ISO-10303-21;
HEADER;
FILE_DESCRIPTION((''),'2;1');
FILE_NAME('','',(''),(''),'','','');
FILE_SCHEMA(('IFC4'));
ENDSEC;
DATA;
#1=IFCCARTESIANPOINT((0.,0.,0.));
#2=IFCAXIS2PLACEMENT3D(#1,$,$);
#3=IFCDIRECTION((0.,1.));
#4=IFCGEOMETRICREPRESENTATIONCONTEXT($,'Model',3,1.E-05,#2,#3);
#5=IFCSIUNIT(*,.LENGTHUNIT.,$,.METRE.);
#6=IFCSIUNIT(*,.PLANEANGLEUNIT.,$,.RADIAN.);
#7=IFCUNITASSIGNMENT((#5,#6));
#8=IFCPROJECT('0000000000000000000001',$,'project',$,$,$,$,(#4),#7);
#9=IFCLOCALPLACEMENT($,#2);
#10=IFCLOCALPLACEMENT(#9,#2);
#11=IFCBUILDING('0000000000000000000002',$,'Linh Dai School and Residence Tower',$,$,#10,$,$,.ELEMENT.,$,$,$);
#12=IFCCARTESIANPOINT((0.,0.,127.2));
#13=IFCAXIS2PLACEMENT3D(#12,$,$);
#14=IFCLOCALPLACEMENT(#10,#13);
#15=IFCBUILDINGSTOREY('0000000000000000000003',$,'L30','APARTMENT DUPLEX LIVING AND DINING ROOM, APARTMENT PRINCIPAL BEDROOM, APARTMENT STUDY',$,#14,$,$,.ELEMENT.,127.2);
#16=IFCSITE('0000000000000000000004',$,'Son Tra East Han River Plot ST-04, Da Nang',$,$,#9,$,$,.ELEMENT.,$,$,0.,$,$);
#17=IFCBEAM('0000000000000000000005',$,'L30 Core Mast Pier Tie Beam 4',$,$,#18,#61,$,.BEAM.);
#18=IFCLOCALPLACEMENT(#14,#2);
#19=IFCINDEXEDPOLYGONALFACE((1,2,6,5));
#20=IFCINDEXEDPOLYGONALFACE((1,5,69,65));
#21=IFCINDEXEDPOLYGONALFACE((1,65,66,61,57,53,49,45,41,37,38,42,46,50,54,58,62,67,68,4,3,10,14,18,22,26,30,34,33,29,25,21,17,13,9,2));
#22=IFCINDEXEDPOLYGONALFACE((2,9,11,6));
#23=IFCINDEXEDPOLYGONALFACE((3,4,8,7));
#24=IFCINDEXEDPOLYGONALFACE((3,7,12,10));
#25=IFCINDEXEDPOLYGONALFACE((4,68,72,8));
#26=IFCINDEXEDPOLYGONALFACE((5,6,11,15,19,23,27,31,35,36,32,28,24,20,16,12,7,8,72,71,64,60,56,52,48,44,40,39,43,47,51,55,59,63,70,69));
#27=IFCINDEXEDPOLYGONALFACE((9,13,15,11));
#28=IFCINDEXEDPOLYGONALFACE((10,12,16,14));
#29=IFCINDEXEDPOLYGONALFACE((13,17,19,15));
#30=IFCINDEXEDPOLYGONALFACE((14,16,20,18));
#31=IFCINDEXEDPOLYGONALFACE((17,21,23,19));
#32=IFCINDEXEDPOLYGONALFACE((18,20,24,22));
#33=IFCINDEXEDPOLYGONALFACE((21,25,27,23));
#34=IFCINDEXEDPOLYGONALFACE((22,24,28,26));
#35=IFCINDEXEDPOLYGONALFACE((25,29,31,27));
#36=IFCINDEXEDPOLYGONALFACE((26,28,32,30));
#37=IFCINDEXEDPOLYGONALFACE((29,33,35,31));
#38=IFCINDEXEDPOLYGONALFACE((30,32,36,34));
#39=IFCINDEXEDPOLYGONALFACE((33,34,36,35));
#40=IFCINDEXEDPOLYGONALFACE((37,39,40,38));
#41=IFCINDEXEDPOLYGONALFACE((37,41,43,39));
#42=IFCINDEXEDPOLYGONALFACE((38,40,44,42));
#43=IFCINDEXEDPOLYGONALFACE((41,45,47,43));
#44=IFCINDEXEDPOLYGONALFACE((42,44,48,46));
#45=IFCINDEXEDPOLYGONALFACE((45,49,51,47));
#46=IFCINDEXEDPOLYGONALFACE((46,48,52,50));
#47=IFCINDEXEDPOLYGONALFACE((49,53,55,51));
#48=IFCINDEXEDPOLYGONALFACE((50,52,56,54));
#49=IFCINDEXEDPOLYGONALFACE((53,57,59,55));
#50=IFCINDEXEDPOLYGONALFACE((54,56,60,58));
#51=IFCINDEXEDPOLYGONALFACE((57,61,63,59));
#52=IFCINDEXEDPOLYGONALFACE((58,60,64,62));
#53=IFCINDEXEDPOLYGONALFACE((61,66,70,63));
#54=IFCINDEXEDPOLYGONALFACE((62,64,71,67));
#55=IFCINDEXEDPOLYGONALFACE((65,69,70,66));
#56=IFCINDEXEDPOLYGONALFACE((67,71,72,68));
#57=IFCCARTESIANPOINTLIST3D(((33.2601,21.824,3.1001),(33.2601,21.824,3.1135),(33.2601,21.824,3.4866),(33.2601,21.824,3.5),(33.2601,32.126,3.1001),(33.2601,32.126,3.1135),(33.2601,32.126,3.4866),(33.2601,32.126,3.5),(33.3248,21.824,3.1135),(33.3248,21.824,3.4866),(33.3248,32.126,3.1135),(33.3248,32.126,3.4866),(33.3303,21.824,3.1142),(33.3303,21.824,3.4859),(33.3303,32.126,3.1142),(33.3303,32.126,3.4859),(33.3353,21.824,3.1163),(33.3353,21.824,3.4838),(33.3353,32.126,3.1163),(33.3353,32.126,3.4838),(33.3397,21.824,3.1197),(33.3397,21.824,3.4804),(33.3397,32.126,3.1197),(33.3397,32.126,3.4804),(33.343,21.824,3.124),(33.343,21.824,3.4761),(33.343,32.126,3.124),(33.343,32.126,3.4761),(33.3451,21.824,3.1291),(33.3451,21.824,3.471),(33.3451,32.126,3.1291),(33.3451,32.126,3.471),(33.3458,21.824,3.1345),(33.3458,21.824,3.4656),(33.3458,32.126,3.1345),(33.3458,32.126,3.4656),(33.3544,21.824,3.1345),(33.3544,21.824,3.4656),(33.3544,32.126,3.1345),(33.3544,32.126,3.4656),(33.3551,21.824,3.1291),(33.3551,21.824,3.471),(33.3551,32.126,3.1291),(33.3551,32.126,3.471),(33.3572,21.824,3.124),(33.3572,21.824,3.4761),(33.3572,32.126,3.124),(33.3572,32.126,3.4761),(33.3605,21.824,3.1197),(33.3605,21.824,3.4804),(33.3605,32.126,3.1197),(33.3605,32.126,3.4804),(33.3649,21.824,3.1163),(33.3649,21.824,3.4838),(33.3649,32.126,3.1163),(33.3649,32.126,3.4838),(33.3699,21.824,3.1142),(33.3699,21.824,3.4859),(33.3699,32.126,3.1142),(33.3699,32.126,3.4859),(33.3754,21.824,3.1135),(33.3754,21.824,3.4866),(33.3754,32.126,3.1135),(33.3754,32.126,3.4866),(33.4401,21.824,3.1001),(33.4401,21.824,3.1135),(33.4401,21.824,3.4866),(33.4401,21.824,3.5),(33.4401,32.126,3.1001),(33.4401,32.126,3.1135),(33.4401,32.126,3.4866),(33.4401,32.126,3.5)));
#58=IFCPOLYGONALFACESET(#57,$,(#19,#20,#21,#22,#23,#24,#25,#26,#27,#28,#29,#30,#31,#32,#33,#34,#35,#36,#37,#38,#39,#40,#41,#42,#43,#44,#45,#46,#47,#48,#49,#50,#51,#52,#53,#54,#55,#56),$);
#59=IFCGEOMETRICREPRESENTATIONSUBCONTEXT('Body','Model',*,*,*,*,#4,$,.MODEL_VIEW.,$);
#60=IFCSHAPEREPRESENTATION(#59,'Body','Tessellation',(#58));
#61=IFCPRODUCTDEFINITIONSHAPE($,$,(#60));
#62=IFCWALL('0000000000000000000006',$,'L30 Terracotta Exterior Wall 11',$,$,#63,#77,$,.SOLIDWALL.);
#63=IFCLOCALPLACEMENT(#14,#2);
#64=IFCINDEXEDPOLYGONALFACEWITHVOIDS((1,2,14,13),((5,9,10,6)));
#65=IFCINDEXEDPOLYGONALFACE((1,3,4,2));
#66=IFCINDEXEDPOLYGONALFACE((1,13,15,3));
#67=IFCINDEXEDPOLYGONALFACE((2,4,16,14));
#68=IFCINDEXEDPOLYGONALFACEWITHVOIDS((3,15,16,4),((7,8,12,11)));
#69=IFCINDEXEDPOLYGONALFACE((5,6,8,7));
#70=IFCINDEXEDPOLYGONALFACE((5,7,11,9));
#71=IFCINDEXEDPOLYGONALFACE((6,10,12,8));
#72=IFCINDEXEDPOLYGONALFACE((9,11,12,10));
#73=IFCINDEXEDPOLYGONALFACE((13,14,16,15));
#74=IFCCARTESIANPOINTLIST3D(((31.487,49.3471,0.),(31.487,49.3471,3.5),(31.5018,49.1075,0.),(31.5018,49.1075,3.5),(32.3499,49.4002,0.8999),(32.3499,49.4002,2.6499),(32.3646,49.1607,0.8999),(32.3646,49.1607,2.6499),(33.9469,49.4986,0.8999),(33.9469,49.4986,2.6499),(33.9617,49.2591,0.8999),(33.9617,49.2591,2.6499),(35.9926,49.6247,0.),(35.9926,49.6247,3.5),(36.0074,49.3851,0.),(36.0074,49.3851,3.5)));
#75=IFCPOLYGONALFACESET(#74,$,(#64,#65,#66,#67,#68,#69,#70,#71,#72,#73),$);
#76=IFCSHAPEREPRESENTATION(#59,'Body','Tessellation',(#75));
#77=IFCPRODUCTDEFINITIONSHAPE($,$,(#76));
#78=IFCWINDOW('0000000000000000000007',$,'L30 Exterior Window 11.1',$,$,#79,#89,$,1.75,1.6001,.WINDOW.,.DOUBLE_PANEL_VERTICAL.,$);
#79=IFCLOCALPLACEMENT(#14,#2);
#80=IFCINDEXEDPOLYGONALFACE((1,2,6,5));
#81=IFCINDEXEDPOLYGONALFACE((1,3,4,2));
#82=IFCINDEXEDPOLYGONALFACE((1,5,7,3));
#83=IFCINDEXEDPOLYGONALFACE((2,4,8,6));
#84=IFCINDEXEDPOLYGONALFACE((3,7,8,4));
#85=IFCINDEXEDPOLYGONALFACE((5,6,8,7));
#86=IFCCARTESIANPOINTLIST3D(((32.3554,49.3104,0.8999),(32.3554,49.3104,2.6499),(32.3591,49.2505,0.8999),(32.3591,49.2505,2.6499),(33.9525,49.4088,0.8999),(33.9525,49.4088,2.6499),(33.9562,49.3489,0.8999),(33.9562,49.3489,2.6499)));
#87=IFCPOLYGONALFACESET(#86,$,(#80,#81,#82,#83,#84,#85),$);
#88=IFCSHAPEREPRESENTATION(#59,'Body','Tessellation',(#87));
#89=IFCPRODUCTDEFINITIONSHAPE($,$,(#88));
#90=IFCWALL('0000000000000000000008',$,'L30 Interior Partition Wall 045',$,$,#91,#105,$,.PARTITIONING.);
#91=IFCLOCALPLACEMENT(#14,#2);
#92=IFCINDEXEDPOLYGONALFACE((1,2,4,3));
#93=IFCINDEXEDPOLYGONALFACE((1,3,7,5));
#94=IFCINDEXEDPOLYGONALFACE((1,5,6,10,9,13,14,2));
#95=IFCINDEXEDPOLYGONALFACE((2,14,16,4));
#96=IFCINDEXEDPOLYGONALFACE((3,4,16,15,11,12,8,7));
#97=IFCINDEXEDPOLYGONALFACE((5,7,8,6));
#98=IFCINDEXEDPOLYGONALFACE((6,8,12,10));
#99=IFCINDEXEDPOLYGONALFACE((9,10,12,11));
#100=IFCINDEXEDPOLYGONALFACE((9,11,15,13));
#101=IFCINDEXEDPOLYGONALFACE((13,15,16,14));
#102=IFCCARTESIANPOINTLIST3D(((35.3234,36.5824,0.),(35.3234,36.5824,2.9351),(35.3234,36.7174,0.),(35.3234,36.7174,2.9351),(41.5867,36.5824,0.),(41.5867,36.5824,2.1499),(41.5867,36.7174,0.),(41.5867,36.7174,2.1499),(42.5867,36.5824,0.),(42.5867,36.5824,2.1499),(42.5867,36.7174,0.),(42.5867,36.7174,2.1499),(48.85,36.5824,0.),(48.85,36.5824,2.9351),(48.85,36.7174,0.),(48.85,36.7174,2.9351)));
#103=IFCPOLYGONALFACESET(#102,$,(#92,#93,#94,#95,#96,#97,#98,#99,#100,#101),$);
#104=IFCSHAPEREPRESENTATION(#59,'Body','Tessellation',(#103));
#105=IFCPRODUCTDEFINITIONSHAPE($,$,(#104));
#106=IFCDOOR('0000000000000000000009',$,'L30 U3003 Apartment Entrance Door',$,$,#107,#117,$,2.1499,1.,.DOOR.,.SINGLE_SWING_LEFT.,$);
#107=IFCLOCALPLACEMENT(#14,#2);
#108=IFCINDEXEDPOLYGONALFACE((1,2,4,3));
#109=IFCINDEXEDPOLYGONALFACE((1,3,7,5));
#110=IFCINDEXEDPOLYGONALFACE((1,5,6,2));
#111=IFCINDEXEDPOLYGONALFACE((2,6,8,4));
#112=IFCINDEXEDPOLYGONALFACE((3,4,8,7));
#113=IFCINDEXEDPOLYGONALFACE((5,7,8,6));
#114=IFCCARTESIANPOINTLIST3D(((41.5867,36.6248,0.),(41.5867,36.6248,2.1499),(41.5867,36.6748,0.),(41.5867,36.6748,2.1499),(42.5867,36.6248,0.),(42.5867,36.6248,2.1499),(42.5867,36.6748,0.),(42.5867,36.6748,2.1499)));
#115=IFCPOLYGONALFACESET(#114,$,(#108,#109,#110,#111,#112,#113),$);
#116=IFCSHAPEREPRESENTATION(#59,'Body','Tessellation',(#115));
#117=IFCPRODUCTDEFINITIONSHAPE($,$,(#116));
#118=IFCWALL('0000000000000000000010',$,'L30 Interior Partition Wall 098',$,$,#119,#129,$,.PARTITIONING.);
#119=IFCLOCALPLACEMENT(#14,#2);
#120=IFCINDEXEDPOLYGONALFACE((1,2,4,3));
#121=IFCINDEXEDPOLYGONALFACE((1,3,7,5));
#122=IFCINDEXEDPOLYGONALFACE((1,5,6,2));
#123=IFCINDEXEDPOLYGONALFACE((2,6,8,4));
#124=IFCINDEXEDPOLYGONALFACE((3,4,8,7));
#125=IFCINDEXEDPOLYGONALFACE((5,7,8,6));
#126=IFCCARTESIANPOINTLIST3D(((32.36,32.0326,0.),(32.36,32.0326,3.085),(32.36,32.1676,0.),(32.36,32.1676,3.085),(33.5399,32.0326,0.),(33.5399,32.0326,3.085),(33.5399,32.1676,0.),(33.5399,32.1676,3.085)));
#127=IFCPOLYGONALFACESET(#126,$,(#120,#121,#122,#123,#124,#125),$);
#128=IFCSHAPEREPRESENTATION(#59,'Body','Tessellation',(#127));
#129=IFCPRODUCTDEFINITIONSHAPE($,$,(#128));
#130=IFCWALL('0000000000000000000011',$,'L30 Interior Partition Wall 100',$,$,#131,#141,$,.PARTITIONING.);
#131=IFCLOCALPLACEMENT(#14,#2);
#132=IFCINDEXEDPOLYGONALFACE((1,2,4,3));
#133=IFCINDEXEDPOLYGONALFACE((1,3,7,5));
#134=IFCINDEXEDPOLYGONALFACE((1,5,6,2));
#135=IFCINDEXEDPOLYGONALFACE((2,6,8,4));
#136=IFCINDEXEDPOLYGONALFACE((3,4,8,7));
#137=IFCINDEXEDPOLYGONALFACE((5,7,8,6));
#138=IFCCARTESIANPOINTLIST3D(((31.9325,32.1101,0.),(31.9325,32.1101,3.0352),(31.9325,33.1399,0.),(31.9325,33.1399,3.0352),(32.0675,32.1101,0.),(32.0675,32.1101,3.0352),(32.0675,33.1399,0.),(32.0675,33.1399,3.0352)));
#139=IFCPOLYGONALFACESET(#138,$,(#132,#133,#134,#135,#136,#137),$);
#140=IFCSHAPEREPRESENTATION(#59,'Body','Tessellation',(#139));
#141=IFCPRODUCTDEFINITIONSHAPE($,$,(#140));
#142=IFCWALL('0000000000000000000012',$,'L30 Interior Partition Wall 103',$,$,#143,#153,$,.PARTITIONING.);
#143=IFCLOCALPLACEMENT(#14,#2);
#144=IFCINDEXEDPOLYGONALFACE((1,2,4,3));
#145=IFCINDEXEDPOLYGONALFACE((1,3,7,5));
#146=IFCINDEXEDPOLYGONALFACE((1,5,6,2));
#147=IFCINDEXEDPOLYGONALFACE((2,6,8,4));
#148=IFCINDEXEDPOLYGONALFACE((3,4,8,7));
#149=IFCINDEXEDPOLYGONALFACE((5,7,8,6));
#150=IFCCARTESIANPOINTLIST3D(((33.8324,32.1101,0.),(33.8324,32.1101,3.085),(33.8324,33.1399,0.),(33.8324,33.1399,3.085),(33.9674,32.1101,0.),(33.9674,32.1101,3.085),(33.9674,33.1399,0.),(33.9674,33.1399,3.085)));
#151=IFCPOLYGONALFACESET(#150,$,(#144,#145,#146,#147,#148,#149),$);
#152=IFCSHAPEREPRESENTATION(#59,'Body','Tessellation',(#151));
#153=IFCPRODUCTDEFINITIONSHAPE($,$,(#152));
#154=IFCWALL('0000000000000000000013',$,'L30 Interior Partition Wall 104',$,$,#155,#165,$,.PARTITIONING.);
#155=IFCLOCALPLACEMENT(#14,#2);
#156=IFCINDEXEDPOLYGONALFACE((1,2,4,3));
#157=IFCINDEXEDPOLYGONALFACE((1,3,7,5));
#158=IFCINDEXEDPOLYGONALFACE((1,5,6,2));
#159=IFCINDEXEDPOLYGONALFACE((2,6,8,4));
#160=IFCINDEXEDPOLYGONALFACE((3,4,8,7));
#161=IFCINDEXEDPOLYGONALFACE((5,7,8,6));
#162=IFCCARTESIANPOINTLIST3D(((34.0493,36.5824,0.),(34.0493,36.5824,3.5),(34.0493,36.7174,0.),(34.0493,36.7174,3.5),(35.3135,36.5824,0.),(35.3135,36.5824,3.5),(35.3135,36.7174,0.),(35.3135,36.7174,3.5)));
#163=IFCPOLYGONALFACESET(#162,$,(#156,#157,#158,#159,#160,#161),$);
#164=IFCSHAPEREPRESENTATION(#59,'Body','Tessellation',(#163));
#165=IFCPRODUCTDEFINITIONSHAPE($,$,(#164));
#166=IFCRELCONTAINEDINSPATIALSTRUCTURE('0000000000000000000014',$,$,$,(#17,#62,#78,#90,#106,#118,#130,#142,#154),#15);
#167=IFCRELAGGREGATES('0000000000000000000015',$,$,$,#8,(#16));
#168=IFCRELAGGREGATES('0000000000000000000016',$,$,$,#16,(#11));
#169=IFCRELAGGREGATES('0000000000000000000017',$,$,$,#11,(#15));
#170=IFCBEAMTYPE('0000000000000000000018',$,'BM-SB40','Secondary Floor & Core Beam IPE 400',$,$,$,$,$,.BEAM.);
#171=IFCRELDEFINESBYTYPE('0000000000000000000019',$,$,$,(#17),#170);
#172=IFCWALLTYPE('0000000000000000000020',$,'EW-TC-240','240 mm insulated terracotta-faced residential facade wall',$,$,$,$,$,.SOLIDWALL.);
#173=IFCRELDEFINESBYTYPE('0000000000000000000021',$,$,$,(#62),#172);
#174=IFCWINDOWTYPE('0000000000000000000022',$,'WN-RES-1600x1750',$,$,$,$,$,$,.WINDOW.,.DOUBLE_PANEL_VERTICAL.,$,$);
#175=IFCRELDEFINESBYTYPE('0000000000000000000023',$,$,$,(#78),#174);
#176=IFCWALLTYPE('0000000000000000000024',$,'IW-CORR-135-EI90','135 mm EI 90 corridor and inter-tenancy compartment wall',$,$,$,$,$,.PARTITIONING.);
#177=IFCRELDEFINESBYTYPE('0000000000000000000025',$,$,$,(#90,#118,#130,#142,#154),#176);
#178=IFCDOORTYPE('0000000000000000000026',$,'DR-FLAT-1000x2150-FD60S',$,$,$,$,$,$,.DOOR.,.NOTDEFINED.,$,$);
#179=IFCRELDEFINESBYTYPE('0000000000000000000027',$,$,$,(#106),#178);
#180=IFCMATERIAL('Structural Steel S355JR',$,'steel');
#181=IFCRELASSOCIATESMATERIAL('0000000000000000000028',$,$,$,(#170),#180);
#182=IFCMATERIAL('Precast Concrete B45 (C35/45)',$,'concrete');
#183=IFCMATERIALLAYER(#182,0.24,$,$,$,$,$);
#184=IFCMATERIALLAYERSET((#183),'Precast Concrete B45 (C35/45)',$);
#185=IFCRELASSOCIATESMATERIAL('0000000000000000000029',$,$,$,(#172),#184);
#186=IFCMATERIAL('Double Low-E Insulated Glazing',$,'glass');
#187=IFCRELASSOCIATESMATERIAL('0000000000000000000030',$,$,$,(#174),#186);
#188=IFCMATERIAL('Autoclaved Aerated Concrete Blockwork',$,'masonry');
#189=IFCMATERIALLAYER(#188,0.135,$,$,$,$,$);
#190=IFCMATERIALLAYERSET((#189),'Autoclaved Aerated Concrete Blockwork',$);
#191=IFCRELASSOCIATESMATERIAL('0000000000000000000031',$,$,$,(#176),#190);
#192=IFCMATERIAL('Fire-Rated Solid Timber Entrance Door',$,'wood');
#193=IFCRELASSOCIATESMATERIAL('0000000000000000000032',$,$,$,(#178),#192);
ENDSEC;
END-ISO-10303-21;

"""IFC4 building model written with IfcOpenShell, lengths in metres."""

from ifc_helpers import new_model, si_unit, direction, frame, frame_2d, origin, origin_2d, place, context, subcontext, project, spatial, rectangle, i_section, extrude, source, transform, mapped, material, layer, layer_set, material_profile, profile_set, type_object, element, fill, save


model = new_model("IFC4")

# Units and contexts
model_context = context("Model", 3, precision=1e-05, world=origin(), true_north=direction((0.0, 1.0)))
body_context = subcontext(model_context, "Body", "Model", "MODEL_VIEW")
ifc_project = project(units=[si_unit("LENGTHUNIT", "METRE"), si_unit("PLANEANGLEUNIT", "RADIAN")], contexts=[model_context])

# Site, building, storey
site_placement = place(None, origin())
site = spatial("IfcSite", under=ifc_project, at=site_placement, Name="Son Tra East Han River Plot ST-04, Da Nang", CompositionType="ELEMENT", RefElevation=0.0)
building_placement = place(site_placement, origin())
building = spatial("IfcBuilding", under=site, at=building_placement, Name="Linh Dai School and Residence Tower", CompositionType="ELEMENT")
storey_placement = place(building_placement, frame((0.0, 0.0, 127.2)))
storey = spatial("IfcBuildingStorey", under=building, at=storey_placement, Name="L30", Description="APARTMENT DUPLEX LIVING AND DINING ROOM, APARTMENT PRINCIPAL BEDROOM, APARTMENT STUDY", CompositionType="ELEMENT", Elevation=127.2)

# Shared definitions
ifc_material_1 = material(Name="Structural Steel S355JR", Category="steel")

# Beam
ifc_material_profile_1 = material_profile(ifc_material_1, i_section(OverallWidth=0.1799, OverallDepth=0.3999, WebThickness=0.0085, FlangeThickness=0.0134, FilletRadius=0.021, at=origin_2d()), Name="IPE 400")
ifc_profile_set_1 = profile_set([ifc_material_profile_1], Name="Structural Steel S355JR")
beam_type_1 = type_object("IfcBeamType", Name="BM-SB40", Description="Secondary Floor & Core Beam IPE 400", PredefinedType="BEAM", material=ifc_profile_set_1)
beam_1_placement = place(storey_placement, frame((33.3501, 32.126, 3.3), z_axis=(0.0, -1.0, 0.0), x_axis=(1.0, 0.0, 0.0)))
element("IfcBeam", 1, at=beam_1_placement, inside=storey, type_object=beam_type_1, Name="L30 Core Mast Pier Tie Beam 4", PredefinedType="BEAM", context=body_context, shape_type="SweptSolid", body=[
    extrude(i_section(OverallWidth=0.1799, OverallDepth=0.3999, WebThickness=0.0085, FlangeThickness=0.0134, FilletRadius=0.021, at=origin_2d()), origin(), (0.0, 0.0, 1.0), 10.302),
])

# Wall, opening, window
ifc_material_2 = material(Name="Precast Concrete B45 (C35/45)", Category="concrete")
ifc_layer_1 = layer(ifc_material_2, 0.24)
ifc_layer_set_1 = layer_set([ifc_layer_1], Name="Precast Concrete B45 (C35/45)")
wall_type_1 = type_object("IfcWallType", Name="EW-TC-240", Description="240 mm insulated terracotta-faced residential facade wall", PredefinedType="SOLIDWALL", material=ifc_layer_set_1)
wall_1_placement = place(storey_placement, frame((31.4944, 49.2273, 0.0), z_axis=(0.0, 0.0, 1.0), x_axis=(0.998108, 0.061493, 0.0)))
wall_1 = element("IfcWall", 2, at=wall_1_placement, inside=storey, type_object=wall_type_1, Name="L30 Terracotta Exterior Wall 11", PredefinedType="SOLIDWALL", context=body_context, shape_type="SweptSolid", body=[
    extrude(rectangle(XDim=4.5142, YDim=0.24, at=frame_2d((2.2571, 0.0))), origin(), (0.0, 0.0, 1.0), 3.5),
])
opening_1_placement = place(wall_1_placement, frame((0.8645, 0.0, 0.8999)))
opening_1 = element("IfcOpeningElement", 3, at=opening_1_placement, cuts=wall_1, PredefinedType="OPENING", context=body_context, shape_type="SweptSolid", body=[
    extrude(rectangle(XDim=1.6001, YDim=1.75, at=origin_2d()), frame((0.8, 0.1299, 0.875), z_axis=(0.0, -1.0, 0.0), x_axis=(1.0, 0.0, 0.0)), (0.0, 0.0, 1.0), 0.26),
])
ifc_material_3 = material(Name="Double Low-E Insulated Glazing", Category="glass")
window_type = type_object("IfcWindowType", Name="WN-RES-1600x1750", PartitioningType="DOUBLE_PANEL_VERTICAL", PredefinedType="WINDOW", material=ifc_material_3)
shared_shape_1 = source(origin(), body_context, "Body", "SweptSolid", [
    extrude(rectangle(XDim=1.6001, YDim=1.75, at=origin_2d()), frame((0.8, 0.03, 0.875), z_axis=(0.0, -1.0, 0.0), x_axis=(1.0, 0.0, 0.0)), (0.0, 0.0, 1.0), 0.0601),
])
window_placement = place(opening_1_placement, origin())
window = element("IfcWindow", 4, at=window_placement, inside=storey, type_object=window_type, Name="L30 Exterior Window 11.1", OverallHeight=1.75, OverallWidth=1.6001, PartitioningType="DOUBLE_PANEL_VERTICAL", PredefinedType="WINDOW", context=body_context, shape_type="MappedRepresentation", body=[
    mapped(shared_shape_1, transform((0.0, 0.0, 0.0), x_axis=(1.0, 0.0, 0.0), y_axis=(0.0, 1.0, 0.0), z_axis=(0.0, 0.0, 1.0), scale=1.0)),
])
fill(opening_1, window)

# Wall, opening, door
ifc_material_4 = material(Name="Autoclaved Aerated Concrete Blockwork", Category="masonry")
ifc_layer_2 = layer(ifc_material_4, 0.135)
ifc_layer_set_2 = layer_set([ifc_layer_2], Name="Autoclaved Aerated Concrete Blockwork")
wall_type_2 = type_object("IfcWallType", Name="IW-CORR-135-EI90", Description="135 mm EI 90 corridor and inter-tenancy compartment wall", PredefinedType="PARTITIONING", material=ifc_layer_set_2)
wall_2_placement = place(storey_placement, frame((35.3235, 36.6499, 0.0), z_axis=(0.0, 0.0, 1.0), x_axis=(1.0, 0.0, 0.0)))
wall_2 = element("IfcWall", 5, at=wall_2_placement, inside=storey, type_object=wall_type_2, Name="L30 Interior Partition Wall 045", PredefinedType="PARTITIONING", context=body_context, shape_type="SweptSolid", body=[
    extrude(rectangle(XDim=13.5266, YDim=0.135, at=frame_2d((6.7632, 0.0))), origin(), (0.0, 0.0, 1.0), 2.9351),
])
opening_2_placement = place(wall_2_placement, frame((6.2632, 0.0, 0.0)))
opening_2 = element("IfcOpeningElement", 6, at=opening_2_placement, cuts=wall_2, PredefinedType="OPENING", context=body_context, shape_type="SweptSolid", body=[
    extrude(rectangle(XDim=1.0, YDim=2.1499, at=origin_2d()), frame((0.5, 0.0776, 1.075), z_axis=(0.0, -1.0, 0.0), x_axis=(1.0, 0.0, 0.0)), (0.0, 0.0, 1.0), 0.155),
])
ifc_material_5 = material(Name="Fire-Rated Solid Timber Entrance Door", Category="wood")
door_type_1 = type_object("IfcDoorType", Name="DR-FLAT-1000x2150-FD60S", OperationType="NOTDEFINED", PredefinedType="DOOR", material=ifc_material_5)
shared_shape_2 = source(origin(), body_context, "Body", "SweptSolid", [
    extrude(rectangle(XDim=1.0, YDim=2.1499, at=origin_2d()), frame((0.5, 0.0249, 1.075), z_axis=(0.0, -1.0, 0.0), x_axis=(1.0, 0.0, 0.0)), (0.0, 0.0, 1.0), 0.05),
])
door_1_placement = place(opening_2_placement, origin())
door_1 = element("IfcDoor", 7, at=door_1_placement, inside=storey, type_object=door_type_1, Name="L30 U3003 Apartment Entrance Door", OperationType="SINGLE_SWING_LEFT", OverallHeight=2.1499, OverallWidth=1.0, PredefinedType="DOOR", context=body_context, shape_type="MappedRepresentation", body=[
    mapped(shared_shape_2, transform((0.0, 0.0, 0.0), x_axis=(1.0, 0.0, 0.0), y_axis=(0.0, 1.0, 0.0), z_axis=(0.0, 0.0, 1.0), scale=1.0)),
])
fill(opening_2, door_1)

# Walls
wall_3_placement = place(storey_placement, frame((32.3601, 32.1001, 0.0), z_axis=(0.0, 0.0, 1.0), x_axis=(1.0, 0.0, 0.0)))
element("IfcWall", 8, at=wall_3_placement, inside=storey, type_object=wall_type_2, Name="L30 Interior Partition Wall 098", PredefinedType="PARTITIONING", context=body_context, shape_type="SweptSolid", body=[
    extrude(rectangle(XDim=1.1799, YDim=0.135, at=frame_2d((0.5898, 0.0))), origin(), (0.0, 0.0, 1.0), 3.085),
])
wall_4_placement = place(storey_placement, frame((32.0, 33.1399, 0.0), z_axis=(0.0, 0.0, 1.0), x_axis=(0.0, -1.0, 0.0)))
element("IfcWall", 9, at=wall_4_placement, inside=storey, type_object=wall_type_2, Name="L30 Interior Partition Wall 100", PredefinedType="PARTITIONING", context=body_context, shape_type="SweptSolid", body=[
    extrude(rectangle(XDim=1.0298, YDim=0.135, at=frame_2d((0.5149, 0.0))), origin(), (0.0, 0.0, 1.0), 3.0352),
])
wall_5_placement = place(storey_placement, frame((33.8999, 32.1101, 0.0), z_axis=(0.0, 0.0, 1.0), x_axis=(0.0, 1.0, 0.0)))
element("IfcWall", 10, at=wall_5_placement, inside=storey, type_object=wall_type_2, Name="L30 Interior Partition Wall 103", PredefinedType="PARTITIONING", context=body_context, shape_type="SweptSolid", body=[
    extrude(rectangle(XDim=1.0298, YDim=0.135, at=frame_2d((0.5149, 0.0))), origin(), (0.0, 0.0, 1.0), 3.085),
])
wall_6_placement = place(storey_placement, frame((34.0493, 36.6499, 0.0), z_axis=(0.0, 0.0, 1.0), x_axis=(1.0, 0.0, 0.0)))
element("IfcWall", 11, at=wall_6_placement, inside=storey, type_object=wall_type_2, Name="L30 Interior Partition Wall 104", PredefinedType="PARTITIONING", context=body_context, shape_type="SweptSolid", body=[
    extrude(rectangle(XDim=1.2642, YDim=0.135, at=frame_2d((0.6321, 0.0))), origin(), (0.0, 0.0, 1.0), 3.5),
])

save(model, "model.ifc")
